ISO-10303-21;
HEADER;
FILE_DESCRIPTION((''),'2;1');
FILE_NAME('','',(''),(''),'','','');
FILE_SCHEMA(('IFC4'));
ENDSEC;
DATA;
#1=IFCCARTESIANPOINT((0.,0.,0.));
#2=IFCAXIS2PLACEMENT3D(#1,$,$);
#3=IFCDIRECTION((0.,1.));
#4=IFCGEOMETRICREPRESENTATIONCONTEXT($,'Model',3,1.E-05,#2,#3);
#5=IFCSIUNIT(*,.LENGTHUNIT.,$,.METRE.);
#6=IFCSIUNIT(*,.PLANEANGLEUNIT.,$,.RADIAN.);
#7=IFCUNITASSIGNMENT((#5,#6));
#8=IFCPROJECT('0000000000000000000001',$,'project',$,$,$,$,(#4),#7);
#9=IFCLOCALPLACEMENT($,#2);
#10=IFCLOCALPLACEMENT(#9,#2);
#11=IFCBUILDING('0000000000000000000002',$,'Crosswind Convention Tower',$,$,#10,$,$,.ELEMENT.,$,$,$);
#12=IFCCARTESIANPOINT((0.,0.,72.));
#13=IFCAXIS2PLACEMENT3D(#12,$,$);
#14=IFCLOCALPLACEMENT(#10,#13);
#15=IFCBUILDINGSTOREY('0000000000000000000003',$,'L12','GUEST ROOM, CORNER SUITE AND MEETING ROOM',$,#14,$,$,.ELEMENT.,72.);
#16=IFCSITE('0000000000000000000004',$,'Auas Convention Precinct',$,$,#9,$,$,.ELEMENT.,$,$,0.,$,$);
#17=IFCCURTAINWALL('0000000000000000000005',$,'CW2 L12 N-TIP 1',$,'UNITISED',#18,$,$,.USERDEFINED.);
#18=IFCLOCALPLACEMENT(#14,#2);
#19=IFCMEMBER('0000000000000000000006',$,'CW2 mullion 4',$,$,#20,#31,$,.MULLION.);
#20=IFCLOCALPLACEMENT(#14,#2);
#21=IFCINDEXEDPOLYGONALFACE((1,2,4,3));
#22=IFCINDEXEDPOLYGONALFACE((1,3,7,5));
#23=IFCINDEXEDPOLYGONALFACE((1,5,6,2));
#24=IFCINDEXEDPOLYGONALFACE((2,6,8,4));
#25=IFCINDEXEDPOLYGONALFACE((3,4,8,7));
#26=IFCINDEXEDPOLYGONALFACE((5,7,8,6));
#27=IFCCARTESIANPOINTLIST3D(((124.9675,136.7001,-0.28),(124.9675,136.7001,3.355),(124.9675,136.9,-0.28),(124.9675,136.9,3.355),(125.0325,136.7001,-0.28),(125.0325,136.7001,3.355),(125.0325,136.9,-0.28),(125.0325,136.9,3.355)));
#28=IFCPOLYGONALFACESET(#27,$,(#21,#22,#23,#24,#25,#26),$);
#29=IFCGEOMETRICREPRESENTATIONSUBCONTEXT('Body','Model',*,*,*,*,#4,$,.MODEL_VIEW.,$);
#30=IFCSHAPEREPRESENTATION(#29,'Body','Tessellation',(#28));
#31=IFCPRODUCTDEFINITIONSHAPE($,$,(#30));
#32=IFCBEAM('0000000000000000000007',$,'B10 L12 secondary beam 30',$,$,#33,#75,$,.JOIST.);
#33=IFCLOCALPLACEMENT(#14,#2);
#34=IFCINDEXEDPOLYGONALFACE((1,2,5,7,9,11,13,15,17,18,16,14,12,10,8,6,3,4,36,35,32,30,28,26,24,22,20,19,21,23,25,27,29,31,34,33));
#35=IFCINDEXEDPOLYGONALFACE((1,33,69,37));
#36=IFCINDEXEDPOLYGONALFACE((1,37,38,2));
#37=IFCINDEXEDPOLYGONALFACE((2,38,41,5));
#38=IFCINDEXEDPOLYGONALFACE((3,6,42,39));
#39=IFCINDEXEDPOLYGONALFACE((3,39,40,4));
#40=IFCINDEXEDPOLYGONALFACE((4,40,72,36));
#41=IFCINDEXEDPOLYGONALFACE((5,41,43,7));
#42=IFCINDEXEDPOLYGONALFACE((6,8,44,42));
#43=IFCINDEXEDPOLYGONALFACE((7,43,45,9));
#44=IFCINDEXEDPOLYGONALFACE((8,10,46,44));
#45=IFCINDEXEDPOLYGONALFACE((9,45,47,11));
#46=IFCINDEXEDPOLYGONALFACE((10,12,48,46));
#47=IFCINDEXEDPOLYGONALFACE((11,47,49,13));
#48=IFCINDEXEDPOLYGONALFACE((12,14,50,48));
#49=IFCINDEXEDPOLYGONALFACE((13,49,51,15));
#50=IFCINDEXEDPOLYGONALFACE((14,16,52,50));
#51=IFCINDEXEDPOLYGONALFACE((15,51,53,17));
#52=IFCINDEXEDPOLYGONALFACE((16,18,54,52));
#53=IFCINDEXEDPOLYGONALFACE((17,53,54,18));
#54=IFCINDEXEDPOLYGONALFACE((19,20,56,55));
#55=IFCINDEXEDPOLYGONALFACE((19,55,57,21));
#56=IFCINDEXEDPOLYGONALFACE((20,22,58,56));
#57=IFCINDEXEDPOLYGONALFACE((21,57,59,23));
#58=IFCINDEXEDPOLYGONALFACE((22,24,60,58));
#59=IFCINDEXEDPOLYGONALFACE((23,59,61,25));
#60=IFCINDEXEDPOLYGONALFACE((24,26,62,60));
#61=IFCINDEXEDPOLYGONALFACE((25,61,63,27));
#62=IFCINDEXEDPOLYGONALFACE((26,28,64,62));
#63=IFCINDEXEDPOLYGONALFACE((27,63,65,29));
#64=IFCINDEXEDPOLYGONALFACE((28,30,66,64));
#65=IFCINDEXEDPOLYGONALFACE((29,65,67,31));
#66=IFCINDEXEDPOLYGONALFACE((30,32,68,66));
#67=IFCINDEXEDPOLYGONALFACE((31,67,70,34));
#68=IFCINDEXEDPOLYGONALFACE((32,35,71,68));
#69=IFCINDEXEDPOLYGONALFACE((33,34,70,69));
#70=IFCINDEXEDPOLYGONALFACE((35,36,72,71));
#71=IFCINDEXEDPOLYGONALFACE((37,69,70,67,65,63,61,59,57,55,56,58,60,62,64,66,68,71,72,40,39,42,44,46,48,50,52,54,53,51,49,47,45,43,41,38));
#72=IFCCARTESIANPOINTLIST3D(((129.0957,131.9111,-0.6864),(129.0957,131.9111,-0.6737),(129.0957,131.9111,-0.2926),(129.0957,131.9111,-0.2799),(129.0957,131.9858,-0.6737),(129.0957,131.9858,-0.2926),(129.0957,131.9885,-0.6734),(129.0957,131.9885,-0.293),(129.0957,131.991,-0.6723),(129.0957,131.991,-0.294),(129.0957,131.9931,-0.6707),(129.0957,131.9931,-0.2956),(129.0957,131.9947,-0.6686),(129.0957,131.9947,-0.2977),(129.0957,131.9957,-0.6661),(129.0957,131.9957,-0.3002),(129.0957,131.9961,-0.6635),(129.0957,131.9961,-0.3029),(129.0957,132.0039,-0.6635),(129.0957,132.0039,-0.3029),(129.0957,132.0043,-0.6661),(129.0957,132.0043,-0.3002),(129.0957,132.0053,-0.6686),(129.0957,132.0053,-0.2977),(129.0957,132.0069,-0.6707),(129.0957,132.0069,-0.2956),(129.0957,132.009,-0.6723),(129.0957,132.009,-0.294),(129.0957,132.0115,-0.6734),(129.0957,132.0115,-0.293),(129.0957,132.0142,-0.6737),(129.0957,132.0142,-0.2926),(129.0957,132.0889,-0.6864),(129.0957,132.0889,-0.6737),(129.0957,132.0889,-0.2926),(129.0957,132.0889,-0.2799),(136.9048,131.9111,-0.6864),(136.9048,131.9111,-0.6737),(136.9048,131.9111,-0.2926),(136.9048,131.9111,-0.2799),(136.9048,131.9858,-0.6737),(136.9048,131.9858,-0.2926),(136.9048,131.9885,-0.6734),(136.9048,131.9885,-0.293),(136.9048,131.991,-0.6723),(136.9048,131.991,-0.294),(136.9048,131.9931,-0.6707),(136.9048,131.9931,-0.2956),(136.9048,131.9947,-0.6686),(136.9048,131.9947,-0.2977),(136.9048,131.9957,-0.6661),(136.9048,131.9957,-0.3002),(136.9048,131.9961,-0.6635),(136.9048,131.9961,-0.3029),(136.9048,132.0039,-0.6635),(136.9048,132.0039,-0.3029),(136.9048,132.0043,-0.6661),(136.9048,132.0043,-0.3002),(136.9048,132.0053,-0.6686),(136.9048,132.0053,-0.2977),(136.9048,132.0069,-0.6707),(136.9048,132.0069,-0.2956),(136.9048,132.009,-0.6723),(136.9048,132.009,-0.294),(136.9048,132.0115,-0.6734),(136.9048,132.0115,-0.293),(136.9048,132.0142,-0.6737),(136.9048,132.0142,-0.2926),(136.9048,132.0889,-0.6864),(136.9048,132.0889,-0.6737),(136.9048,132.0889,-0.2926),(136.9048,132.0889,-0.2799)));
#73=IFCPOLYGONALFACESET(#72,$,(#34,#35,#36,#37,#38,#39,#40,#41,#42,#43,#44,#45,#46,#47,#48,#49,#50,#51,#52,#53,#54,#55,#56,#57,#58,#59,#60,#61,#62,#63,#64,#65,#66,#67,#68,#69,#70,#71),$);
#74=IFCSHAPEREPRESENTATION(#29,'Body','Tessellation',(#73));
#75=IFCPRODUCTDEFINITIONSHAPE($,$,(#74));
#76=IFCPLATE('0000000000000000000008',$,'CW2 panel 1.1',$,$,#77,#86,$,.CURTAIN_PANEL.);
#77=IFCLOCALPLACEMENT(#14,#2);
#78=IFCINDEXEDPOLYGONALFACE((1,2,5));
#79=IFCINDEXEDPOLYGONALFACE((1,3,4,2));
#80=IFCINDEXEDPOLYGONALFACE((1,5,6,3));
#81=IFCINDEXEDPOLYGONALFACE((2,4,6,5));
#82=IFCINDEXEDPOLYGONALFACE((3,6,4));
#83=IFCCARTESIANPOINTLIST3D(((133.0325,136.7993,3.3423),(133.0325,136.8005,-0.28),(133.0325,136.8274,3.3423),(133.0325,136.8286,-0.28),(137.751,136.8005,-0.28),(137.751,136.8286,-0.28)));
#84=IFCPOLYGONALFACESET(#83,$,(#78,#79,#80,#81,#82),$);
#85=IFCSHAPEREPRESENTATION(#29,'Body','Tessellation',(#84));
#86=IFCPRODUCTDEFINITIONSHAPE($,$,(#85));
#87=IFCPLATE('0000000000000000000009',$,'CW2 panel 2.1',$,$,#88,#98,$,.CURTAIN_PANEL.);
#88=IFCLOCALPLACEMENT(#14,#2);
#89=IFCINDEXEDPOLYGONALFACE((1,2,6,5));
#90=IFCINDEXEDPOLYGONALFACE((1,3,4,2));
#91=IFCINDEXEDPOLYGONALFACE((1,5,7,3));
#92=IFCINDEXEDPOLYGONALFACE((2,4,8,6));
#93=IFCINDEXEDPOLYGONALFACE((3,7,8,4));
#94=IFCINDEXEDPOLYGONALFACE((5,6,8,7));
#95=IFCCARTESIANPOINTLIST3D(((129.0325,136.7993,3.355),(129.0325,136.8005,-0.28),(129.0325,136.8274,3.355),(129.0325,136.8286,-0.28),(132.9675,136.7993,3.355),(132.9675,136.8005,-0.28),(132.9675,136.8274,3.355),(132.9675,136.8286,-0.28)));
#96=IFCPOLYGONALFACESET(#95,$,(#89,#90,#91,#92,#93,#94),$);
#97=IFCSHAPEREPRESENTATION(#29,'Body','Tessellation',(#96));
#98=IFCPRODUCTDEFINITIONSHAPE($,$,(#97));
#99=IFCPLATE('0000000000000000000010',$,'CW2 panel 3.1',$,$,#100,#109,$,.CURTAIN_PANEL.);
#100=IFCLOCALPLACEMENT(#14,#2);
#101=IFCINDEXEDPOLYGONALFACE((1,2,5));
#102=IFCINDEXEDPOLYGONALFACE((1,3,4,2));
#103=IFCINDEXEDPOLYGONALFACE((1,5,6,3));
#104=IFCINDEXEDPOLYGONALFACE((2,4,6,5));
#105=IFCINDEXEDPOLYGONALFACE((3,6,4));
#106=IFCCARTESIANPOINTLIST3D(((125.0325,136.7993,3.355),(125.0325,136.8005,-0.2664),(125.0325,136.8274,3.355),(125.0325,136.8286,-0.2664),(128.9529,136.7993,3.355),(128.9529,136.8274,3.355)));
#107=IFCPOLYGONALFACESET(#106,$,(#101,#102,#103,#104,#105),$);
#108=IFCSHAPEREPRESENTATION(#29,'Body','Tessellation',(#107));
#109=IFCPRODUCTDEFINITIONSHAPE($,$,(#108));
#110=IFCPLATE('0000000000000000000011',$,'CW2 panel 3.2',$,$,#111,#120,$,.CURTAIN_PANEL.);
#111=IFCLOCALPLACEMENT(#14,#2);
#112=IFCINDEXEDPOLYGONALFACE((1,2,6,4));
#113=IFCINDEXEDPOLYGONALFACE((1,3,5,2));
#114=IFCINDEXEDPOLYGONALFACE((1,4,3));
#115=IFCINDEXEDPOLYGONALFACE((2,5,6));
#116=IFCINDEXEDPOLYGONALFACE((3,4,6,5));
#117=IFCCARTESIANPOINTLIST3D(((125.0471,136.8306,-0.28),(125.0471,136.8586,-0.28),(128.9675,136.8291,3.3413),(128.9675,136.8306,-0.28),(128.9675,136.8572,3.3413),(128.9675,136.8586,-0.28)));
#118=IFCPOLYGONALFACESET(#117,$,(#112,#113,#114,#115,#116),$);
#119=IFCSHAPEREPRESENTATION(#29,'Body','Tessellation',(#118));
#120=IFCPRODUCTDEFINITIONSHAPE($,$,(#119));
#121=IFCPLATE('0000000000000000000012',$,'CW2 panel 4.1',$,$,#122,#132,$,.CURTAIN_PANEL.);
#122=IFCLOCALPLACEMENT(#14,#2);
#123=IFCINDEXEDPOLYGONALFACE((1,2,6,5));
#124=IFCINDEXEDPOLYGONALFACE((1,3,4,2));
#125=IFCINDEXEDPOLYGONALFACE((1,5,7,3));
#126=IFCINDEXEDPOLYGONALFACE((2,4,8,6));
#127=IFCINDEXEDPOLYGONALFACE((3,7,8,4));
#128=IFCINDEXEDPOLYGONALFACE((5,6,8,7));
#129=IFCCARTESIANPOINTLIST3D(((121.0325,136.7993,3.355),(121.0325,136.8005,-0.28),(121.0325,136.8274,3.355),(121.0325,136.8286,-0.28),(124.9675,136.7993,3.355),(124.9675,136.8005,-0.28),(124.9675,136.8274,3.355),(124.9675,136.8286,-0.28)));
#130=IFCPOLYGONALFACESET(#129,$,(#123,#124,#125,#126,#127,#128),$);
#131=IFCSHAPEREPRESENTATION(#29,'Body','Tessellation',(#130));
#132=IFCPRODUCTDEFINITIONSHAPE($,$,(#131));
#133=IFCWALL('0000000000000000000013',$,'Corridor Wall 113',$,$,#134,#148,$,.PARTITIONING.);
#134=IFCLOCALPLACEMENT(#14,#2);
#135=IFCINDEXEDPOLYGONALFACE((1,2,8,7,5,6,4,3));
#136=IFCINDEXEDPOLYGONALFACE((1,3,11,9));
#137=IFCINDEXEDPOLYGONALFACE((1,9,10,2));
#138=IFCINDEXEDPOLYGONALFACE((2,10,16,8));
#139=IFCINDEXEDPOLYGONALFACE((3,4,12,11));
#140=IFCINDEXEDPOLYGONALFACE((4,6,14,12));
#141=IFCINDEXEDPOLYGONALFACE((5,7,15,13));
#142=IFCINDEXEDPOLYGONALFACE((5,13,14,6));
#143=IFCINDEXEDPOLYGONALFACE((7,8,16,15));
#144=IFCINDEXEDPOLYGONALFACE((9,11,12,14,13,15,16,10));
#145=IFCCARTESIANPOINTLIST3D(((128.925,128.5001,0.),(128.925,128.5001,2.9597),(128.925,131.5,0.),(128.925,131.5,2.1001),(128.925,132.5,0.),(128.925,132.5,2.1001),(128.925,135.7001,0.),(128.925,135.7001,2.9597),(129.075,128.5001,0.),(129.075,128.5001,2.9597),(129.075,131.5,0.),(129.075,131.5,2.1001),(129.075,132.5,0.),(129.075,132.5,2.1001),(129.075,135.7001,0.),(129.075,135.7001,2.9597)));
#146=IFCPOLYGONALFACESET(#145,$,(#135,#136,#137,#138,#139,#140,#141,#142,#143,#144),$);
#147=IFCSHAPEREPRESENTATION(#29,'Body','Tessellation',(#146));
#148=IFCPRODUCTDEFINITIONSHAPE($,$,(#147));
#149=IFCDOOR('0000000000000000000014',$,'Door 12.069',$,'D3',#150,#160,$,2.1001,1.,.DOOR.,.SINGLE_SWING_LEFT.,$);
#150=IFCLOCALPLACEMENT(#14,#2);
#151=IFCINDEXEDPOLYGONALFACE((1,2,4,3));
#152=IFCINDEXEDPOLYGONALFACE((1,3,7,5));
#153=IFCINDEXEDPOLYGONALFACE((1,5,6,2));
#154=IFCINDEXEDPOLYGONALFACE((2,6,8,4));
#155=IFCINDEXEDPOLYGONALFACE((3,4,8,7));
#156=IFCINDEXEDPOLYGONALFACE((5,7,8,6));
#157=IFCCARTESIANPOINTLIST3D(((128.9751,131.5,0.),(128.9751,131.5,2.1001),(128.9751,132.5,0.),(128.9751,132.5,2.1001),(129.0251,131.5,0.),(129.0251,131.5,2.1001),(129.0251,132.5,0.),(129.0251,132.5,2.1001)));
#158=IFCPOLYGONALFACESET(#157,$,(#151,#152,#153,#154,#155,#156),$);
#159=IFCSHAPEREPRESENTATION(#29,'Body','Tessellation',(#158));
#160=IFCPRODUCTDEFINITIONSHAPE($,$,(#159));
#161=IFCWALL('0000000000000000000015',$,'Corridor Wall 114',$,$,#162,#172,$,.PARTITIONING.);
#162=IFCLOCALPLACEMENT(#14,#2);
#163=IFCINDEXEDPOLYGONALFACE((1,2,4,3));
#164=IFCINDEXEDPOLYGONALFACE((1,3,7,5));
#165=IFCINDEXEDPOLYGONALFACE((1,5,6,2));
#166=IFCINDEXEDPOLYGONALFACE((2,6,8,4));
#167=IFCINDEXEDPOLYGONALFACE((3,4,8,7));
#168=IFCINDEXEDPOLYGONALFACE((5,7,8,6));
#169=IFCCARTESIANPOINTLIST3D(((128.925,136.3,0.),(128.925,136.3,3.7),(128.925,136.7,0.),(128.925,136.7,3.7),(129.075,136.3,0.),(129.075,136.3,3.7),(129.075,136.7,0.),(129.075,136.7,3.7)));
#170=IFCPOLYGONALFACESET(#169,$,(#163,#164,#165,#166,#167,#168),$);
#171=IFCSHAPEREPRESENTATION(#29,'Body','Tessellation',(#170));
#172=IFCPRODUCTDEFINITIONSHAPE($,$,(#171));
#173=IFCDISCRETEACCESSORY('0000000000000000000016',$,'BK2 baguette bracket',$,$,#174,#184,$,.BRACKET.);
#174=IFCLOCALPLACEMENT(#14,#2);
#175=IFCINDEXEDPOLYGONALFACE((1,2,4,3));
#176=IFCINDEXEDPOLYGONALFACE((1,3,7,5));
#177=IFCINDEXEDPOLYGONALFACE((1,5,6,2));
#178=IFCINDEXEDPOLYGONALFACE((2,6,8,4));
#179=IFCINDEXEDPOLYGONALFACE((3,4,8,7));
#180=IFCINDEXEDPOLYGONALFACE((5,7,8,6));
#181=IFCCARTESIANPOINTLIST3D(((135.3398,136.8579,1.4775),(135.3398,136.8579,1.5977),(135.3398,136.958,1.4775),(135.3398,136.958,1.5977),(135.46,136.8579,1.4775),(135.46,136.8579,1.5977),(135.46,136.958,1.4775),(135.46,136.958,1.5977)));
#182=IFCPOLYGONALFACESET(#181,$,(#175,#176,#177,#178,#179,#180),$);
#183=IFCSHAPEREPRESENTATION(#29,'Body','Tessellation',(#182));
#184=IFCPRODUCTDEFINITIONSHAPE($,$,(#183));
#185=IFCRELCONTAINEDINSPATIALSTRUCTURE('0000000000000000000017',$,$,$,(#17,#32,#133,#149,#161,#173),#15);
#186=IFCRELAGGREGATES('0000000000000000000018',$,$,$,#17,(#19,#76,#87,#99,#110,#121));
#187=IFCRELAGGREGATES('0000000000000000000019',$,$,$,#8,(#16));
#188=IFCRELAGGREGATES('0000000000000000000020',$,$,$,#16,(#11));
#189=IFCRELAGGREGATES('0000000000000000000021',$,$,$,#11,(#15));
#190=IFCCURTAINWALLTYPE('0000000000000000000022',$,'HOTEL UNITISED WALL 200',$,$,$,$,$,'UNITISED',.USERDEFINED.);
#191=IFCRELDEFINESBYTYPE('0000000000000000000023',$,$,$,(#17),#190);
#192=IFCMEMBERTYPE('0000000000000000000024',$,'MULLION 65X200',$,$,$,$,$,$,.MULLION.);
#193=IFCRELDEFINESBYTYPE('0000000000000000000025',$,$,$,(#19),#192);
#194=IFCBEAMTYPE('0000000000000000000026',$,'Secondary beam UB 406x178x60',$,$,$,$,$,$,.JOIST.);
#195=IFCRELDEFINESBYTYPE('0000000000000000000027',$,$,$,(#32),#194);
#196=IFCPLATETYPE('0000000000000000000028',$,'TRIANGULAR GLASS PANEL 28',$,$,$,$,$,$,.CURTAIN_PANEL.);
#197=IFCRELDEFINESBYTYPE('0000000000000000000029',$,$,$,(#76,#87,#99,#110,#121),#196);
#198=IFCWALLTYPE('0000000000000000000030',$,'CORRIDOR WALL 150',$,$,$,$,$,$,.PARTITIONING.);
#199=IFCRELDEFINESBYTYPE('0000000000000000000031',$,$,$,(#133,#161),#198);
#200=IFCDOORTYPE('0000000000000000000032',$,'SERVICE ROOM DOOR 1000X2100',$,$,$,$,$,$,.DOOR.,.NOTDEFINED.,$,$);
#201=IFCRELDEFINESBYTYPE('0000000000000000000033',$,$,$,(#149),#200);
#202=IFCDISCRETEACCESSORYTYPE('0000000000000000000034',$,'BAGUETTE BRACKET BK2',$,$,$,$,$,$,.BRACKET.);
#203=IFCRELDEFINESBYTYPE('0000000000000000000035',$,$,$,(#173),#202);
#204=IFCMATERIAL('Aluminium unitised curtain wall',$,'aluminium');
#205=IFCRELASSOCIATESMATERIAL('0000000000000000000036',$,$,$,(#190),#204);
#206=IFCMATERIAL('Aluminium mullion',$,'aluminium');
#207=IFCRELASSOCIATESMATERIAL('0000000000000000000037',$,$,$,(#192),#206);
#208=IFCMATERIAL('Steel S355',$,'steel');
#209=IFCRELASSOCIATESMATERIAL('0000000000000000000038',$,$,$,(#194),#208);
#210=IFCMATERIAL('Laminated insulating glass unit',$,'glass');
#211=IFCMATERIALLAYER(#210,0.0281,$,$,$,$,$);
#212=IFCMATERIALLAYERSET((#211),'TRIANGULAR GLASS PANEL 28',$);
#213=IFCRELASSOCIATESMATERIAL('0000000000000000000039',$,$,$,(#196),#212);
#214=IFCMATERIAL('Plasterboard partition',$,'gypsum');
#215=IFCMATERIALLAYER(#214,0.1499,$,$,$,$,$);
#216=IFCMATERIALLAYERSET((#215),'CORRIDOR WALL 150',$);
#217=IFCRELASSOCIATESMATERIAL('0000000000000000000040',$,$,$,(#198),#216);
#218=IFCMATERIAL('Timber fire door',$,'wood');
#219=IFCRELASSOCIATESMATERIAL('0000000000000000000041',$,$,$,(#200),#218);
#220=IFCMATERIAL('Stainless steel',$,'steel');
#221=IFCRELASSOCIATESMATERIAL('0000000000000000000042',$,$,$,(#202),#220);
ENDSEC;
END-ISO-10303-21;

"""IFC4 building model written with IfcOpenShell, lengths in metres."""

from ifc_helpers import new_model, si_unit, direction, frame, frame_2d, origin, origin_2d, place, context, subcontext, project, spatial, polyline, rectangle, i_section, outline, extrude, material, layer, layer_set, material_profile, profile_set, type_object, element, fill, aggregate, save


model = new_model("IFC4")

# Units and contexts
model_context = context("Model", 3, precision=1e-05, world=origin(), true_north=direction((0.0, 1.0)))
body_context = subcontext(model_context, "Body", "Model", "MODEL_VIEW")
ifc_project = project(units=[si_unit("LENGTHUNIT", "METRE"), si_unit("PLANEANGLEUNIT", "RADIAN")], contexts=[model_context])

# Site, building, storey
site_placement = place(None, origin())
site = spatial("IfcSite", under=ifc_project, at=site_placement, Name="Auas Convention Precinct", CompositionType="ELEMENT", RefElevation=0.0)
building_placement = place(site_placement, origin())
building = spatial("IfcBuilding", under=site, at=building_placement, Name="Crosswind Convention Tower", CompositionType="ELEMENT")
storey_placement = place(building_placement, frame((0.0, 0.0, 72.0)))
storey = spatial("IfcBuildingStorey", under=building, at=storey_placement, Name="L12", Description="GUEST ROOM, CORNER SUITE AND MEETING ROOM", CompositionType="ELEMENT", Elevation=72.0)

# Shared definitions
ifc_material_1 = material(Name="Steel S355", Category="steel")

# Curtain wall, member
ifc_material_2 = material(Name="Aluminium unitised curtain wall", Category="aluminium")
curtain_wall_type = type_object("IfcCurtainWallType", Name="HOTEL UNITISED WALL 200", ElementType="UNITISED", PredefinedType="USERDEFINED", material=ifc_material_2)
curtain_wall_placement = place(storey_placement, origin())
curtain_wall = element("IfcCurtainWall", 1, at=curtain_wall_placement, inside=storey, type_object=curtain_wall_type, Name="CW2 L12 N-TIP 1", ObjectType="UNITISED", PredefinedType="USERDEFINED")
ifc_material_3 = material(Name="Aluminium mullion", Category="aluminium")
ifc_material_profile_1 = material_profile(ifc_material_3, rectangle(XDim=0.2, YDim=0.0649, at=origin_2d()), Name="AL 200X65")
ifc_profile_set_1 = profile_set([ifc_material_profile_1], Name="Aluminium mullion")
member_type = type_object("IfcMemberType", Name="MULLION 65X200", PredefinedType="MULLION", material=ifc_profile_set_1)
member_1_placement = place(storey_placement, frame((125.0, 136.8, -0.28), z_axis=(0.0, 0.0, 1.0), x_axis=(0.0, 1.0, 0.0)))
member_1 = element("IfcMember", 2, at=member_1_placement, type_object=member_type, Name="CW2 mullion 4", PredefinedType="MULLION", context=body_context, shape_type="SweptSolid", body=[
    extrude(rectangle(XDim=0.2, YDim=0.0649, at=origin_2d()), origin(), (0.0, 0.0, 1.0), 3.635),
])

# Beam
ifc_material_profile_2 = material_profile(ifc_material_1, i_section(OverallWidth=0.1777, OverallDepth=0.4065, WebThickness=0.0078, FlangeThickness=0.0127, FilletRadius=0.0103, at=origin_2d()), Name="UB 406x178x60")
ifc_profile_set_2 = profile_set([ifc_material_profile_2], Name="Steel S355")
beam_type_1 = type_object("IfcBeamType", Name="Secondary beam UB 406x178x60", PredefinedType="JOIST", material=ifc_profile_set_2)
beam_1_placement = place(storey_placement, frame((129.0957, 132.0, -0.4832), z_axis=(1.0, 0.0, 0.0), x_axis=(0.0, 1.0, 0.0)))
element("IfcBeam", 3, at=beam_1_placement, inside=storey, type_object=beam_type_1, Name="B10 L12 secondary beam 30", PredefinedType="JOIST", context=body_context, shape_type="SweptSolid", body=[
    extrude(i_section(OverallWidth=0.1777, OverallDepth=0.4065, WebThickness=0.0078, FlangeThickness=0.0127, FilletRadius=0.0103, at=origin_2d()), origin(), (0.0, 0.0, 1.0), 7.8091),
])

# Plates
ifc_material_4 = material(Name="Laminated insulating glass unit", Category="glass")
ifc_layer_1 = layer(ifc_material_4, 0.0281)
ifc_layer_set_1 = layer_set([ifc_layer_1], Name="TRIANGULAR GLASS PANEL 28")
plate_type = type_object("IfcPlateType", Name="TRIANGULAR GLASS PANEL 28", PredefinedType="CURTAIN_PANEL", material=ifc_layer_set_1)
plate_1_placement = place(storey_placement, frame((133.0325, 136.8286, -0.28), z_axis=(0.0, 1.0, 0.000337), x_axis=(0.0, -0.000337, 1.0)))
plate_1 = element("IfcPlate", 4, at=plate_1_placement, type_object=plate_type, Name="CW2 panel 1.1", PredefinedType="CURTAIN_PANEL", context=body_context, shape_type="SweptSolid", body=[
    extrude(outline(polyline([(0.0, 0.0), (3.6223, 0.0), (0.0, 4.7185), (0.0, 0.0)])), origin(), (0.0, 0.0, -1.0), 0.0281),
])
plate_2_placement = place(storey_placement, frame((132.9675, 136.8286, -0.28), z_axis=(0.0, 1.0, 0.000336), x_axis=(-1.0, 0.0, 0.0)))
plate_2 = element("IfcPlate", 5, at=plate_2_placement, type_object=plate_type, Name="CW2 panel 2.1", PredefinedType="CURTAIN_PANEL", context=body_context, shape_type="SweptSolid", body=[
    extrude(outline(polyline([(0.0, 0.0), (3.9351, 0.0), (3.9351, 3.635), (0.0, 3.635), (0.0, 0.0)])), origin(), (0.0, 0.0, -1.0), 0.0281),
])
plate_3_placement = place(storey_placement, frame((125.0325, 136.8274, 3.355), z_axis=(0.0, 1.0, 0.000337), x_axis=(1.0, 0.0, 0.0)))
plate_3 = element("IfcPlate", 6, at=plate_3_placement, type_object=plate_type, Name="CW2 panel 3.1", PredefinedType="CURTAIN_PANEL", context=body_context, shape_type="SweptSolid", body=[
    extrude(outline(polyline([(0.0, 0.0), (3.9204, 0.0), (0.0, 3.6213), (0.0, 0.0)])), origin(), (0.0, 0.0, -1.0), 0.0281),
])
plate_4_placement = place(storey_placement, frame((128.9675, 136.8586, -0.28), z_axis=(0.0, 1.0, 0.000405), x_axis=(-1.0, 0.0, 0.0)))
plate_4 = element("IfcPlate", 7, at=plate_4_placement, type_object=plate_type, Name="CW2 panel 3.2", PredefinedType="CURTAIN_PANEL", context=body_context, shape_type="SweptSolid", body=[
    extrude(outline(polyline([(0.0, 0.0), (3.9204, 0.0), (0.0, 3.6213), (0.0, 0.0)])), origin(), (0.0, 0.0, -1.0), 0.0281),
])
plate_5_placement = place(storey_placement, frame((124.9675, 136.8286, -0.28), z_axis=(0.0, 1.0, 0.000336), x_axis=(-1.0, 0.0, 0.0)))
plate_5 = element("IfcPlate", 8, at=plate_5_placement, type_object=plate_type, Name="CW2 panel 4.1", PredefinedType="CURTAIN_PANEL", context=body_context, shape_type="SweptSolid", body=[
    extrude(outline(polyline([(0.0, 0.0), (3.9351, 0.0), (3.9351, 3.635), (0.0, 3.635), (0.0, 0.0)])), origin(), (0.0, 0.0, -1.0), 0.0281),
])
aggregate(curtain_wall, [member_1, plate_1, plate_2, plate_3, plate_4, plate_5])

# Wall, opening, door
ifc_material_5 = material(Name="Plasterboard partition", Category="gypsum")
ifc_layer_2 = layer(ifc_material_5, 0.1499)
ifc_layer_set_2 = layer_set([ifc_layer_2], Name="CORRIDOR WALL 150")
wall_type = type_object("IfcWallType", Name="CORRIDOR WALL 150", PredefinedType="PARTITIONING", material=ifc_layer_set_2)
wall_1_placement = place(storey_placement, frame((129.0, 128.5, 0.0), z_axis=(0.0, 0.0, 1.0), x_axis=(0.0, 1.0, 0.0)))
wall_1 = element("IfcWall", 9, at=wall_1_placement, inside=storey, type_object=wall_type, Name="Corridor Wall 113", PredefinedType="PARTITIONING", context=body_context, shape_type="SweptSolid", body=[
    extrude(rectangle(XDim=7.2, YDim=0.1499, at=frame_2d((3.6001, 0.0))), origin(), (0.0, 0.0, 1.0), 2.9597),
])
opening_placement = place(wall_1_placement, frame((3.0, 0.0, 0.0)))
opening = element("IfcOpeningElement", 10, at=opening_placement, cuts=wall_1, PredefinedType="OPENING", context=body_context, shape_type="SweptSolid", body=[
    extrude(rectangle(XDim=1.0, YDim=2.1001, at=frame_2d((0.5, 1.05))), frame((0.0, 0.085, 0.0), z_axis=(0.0, -1.0, 0.0), x_axis=(1.0, 0.0, 0.0)), (0.0, 0.0, 1.0), 0.1699),
])
ifc_material_6 = material(Name="Timber fire door", Category="wood")
door_type = type_object("IfcDoorType", Name="SERVICE ROOM DOOR 1000X2100", OperationType="NOTDEFINED", PredefinedType="DOOR", material=ifc_material_6)
door_placement = place(opening_placement, origin())
door = element("IfcDoor", 11, at=door_placement, inside=storey, type_object=door_type, Name="Door 12.069", ObjectType="D3", OperationType="SINGLE_SWING_LEFT", OverallHeight=2.1001, OverallWidth=1.0, PredefinedType="DOOR", context=body_context, shape_type="SweptSolid", body=[
    extrude(rectangle(XDim=1.0, YDim=2.1001, at=frame_2d((0.5, 1.05))), frame((0.0, 0.0249, 0.0), z_axis=(0.0, -1.0, 0.0), x_axis=(1.0, 0.0, 0.0)), (0.0, 0.0, 1.0), 0.05),
])
fill(opening, door)

# Wall
wall_2_placement = place(storey_placement, frame((129.0, 136.3, 0.0), z_axis=(0.0, 0.0, 1.0), x_axis=(0.0, 1.0, 0.0)))
element("IfcWall", 12, at=wall_2_placement, inside=storey, type_object=wall_type, Name="Corridor Wall 114", PredefinedType="PARTITIONING", context=body_context, shape_type="SweptSolid", body=[
    extrude(rectangle(XDim=0.3999, YDim=0.1499, at=frame_2d((0.2, 0.0))), origin(), (0.0, 0.0, 1.0), 3.7),
])

# Discrete accessory
ifc_material_7 = material(Name="Stainless steel", Category="steel")
discrete_accessory_type = type_object("IfcDiscreteAccessoryType", Name="BAGUETTE BRACKET BK2", PredefinedType="BRACKET", material=ifc_material_7)
discrete_accessory_placement = place(storey_placement, frame((135.3999, 136.908, 1.4775), z_axis=(0.0, 0.0, 1.0), x_axis=(-1.0, 0.0, 0.0)))
element("IfcDiscreteAccessory", 13, at=discrete_accessory_placement, inside=storey, type_object=discrete_accessory_type, Name="BK2 baguette bracket", PredefinedType="BRACKET", context=body_context, shape_type="SweptSolid", body=[
    extrude(rectangle(XDim=0.1201, YDim=0.1001, at=origin_2d()), origin(), (0.0, 0.0, 1.0), 0.1201),
])

save(model, "model.ifc")
